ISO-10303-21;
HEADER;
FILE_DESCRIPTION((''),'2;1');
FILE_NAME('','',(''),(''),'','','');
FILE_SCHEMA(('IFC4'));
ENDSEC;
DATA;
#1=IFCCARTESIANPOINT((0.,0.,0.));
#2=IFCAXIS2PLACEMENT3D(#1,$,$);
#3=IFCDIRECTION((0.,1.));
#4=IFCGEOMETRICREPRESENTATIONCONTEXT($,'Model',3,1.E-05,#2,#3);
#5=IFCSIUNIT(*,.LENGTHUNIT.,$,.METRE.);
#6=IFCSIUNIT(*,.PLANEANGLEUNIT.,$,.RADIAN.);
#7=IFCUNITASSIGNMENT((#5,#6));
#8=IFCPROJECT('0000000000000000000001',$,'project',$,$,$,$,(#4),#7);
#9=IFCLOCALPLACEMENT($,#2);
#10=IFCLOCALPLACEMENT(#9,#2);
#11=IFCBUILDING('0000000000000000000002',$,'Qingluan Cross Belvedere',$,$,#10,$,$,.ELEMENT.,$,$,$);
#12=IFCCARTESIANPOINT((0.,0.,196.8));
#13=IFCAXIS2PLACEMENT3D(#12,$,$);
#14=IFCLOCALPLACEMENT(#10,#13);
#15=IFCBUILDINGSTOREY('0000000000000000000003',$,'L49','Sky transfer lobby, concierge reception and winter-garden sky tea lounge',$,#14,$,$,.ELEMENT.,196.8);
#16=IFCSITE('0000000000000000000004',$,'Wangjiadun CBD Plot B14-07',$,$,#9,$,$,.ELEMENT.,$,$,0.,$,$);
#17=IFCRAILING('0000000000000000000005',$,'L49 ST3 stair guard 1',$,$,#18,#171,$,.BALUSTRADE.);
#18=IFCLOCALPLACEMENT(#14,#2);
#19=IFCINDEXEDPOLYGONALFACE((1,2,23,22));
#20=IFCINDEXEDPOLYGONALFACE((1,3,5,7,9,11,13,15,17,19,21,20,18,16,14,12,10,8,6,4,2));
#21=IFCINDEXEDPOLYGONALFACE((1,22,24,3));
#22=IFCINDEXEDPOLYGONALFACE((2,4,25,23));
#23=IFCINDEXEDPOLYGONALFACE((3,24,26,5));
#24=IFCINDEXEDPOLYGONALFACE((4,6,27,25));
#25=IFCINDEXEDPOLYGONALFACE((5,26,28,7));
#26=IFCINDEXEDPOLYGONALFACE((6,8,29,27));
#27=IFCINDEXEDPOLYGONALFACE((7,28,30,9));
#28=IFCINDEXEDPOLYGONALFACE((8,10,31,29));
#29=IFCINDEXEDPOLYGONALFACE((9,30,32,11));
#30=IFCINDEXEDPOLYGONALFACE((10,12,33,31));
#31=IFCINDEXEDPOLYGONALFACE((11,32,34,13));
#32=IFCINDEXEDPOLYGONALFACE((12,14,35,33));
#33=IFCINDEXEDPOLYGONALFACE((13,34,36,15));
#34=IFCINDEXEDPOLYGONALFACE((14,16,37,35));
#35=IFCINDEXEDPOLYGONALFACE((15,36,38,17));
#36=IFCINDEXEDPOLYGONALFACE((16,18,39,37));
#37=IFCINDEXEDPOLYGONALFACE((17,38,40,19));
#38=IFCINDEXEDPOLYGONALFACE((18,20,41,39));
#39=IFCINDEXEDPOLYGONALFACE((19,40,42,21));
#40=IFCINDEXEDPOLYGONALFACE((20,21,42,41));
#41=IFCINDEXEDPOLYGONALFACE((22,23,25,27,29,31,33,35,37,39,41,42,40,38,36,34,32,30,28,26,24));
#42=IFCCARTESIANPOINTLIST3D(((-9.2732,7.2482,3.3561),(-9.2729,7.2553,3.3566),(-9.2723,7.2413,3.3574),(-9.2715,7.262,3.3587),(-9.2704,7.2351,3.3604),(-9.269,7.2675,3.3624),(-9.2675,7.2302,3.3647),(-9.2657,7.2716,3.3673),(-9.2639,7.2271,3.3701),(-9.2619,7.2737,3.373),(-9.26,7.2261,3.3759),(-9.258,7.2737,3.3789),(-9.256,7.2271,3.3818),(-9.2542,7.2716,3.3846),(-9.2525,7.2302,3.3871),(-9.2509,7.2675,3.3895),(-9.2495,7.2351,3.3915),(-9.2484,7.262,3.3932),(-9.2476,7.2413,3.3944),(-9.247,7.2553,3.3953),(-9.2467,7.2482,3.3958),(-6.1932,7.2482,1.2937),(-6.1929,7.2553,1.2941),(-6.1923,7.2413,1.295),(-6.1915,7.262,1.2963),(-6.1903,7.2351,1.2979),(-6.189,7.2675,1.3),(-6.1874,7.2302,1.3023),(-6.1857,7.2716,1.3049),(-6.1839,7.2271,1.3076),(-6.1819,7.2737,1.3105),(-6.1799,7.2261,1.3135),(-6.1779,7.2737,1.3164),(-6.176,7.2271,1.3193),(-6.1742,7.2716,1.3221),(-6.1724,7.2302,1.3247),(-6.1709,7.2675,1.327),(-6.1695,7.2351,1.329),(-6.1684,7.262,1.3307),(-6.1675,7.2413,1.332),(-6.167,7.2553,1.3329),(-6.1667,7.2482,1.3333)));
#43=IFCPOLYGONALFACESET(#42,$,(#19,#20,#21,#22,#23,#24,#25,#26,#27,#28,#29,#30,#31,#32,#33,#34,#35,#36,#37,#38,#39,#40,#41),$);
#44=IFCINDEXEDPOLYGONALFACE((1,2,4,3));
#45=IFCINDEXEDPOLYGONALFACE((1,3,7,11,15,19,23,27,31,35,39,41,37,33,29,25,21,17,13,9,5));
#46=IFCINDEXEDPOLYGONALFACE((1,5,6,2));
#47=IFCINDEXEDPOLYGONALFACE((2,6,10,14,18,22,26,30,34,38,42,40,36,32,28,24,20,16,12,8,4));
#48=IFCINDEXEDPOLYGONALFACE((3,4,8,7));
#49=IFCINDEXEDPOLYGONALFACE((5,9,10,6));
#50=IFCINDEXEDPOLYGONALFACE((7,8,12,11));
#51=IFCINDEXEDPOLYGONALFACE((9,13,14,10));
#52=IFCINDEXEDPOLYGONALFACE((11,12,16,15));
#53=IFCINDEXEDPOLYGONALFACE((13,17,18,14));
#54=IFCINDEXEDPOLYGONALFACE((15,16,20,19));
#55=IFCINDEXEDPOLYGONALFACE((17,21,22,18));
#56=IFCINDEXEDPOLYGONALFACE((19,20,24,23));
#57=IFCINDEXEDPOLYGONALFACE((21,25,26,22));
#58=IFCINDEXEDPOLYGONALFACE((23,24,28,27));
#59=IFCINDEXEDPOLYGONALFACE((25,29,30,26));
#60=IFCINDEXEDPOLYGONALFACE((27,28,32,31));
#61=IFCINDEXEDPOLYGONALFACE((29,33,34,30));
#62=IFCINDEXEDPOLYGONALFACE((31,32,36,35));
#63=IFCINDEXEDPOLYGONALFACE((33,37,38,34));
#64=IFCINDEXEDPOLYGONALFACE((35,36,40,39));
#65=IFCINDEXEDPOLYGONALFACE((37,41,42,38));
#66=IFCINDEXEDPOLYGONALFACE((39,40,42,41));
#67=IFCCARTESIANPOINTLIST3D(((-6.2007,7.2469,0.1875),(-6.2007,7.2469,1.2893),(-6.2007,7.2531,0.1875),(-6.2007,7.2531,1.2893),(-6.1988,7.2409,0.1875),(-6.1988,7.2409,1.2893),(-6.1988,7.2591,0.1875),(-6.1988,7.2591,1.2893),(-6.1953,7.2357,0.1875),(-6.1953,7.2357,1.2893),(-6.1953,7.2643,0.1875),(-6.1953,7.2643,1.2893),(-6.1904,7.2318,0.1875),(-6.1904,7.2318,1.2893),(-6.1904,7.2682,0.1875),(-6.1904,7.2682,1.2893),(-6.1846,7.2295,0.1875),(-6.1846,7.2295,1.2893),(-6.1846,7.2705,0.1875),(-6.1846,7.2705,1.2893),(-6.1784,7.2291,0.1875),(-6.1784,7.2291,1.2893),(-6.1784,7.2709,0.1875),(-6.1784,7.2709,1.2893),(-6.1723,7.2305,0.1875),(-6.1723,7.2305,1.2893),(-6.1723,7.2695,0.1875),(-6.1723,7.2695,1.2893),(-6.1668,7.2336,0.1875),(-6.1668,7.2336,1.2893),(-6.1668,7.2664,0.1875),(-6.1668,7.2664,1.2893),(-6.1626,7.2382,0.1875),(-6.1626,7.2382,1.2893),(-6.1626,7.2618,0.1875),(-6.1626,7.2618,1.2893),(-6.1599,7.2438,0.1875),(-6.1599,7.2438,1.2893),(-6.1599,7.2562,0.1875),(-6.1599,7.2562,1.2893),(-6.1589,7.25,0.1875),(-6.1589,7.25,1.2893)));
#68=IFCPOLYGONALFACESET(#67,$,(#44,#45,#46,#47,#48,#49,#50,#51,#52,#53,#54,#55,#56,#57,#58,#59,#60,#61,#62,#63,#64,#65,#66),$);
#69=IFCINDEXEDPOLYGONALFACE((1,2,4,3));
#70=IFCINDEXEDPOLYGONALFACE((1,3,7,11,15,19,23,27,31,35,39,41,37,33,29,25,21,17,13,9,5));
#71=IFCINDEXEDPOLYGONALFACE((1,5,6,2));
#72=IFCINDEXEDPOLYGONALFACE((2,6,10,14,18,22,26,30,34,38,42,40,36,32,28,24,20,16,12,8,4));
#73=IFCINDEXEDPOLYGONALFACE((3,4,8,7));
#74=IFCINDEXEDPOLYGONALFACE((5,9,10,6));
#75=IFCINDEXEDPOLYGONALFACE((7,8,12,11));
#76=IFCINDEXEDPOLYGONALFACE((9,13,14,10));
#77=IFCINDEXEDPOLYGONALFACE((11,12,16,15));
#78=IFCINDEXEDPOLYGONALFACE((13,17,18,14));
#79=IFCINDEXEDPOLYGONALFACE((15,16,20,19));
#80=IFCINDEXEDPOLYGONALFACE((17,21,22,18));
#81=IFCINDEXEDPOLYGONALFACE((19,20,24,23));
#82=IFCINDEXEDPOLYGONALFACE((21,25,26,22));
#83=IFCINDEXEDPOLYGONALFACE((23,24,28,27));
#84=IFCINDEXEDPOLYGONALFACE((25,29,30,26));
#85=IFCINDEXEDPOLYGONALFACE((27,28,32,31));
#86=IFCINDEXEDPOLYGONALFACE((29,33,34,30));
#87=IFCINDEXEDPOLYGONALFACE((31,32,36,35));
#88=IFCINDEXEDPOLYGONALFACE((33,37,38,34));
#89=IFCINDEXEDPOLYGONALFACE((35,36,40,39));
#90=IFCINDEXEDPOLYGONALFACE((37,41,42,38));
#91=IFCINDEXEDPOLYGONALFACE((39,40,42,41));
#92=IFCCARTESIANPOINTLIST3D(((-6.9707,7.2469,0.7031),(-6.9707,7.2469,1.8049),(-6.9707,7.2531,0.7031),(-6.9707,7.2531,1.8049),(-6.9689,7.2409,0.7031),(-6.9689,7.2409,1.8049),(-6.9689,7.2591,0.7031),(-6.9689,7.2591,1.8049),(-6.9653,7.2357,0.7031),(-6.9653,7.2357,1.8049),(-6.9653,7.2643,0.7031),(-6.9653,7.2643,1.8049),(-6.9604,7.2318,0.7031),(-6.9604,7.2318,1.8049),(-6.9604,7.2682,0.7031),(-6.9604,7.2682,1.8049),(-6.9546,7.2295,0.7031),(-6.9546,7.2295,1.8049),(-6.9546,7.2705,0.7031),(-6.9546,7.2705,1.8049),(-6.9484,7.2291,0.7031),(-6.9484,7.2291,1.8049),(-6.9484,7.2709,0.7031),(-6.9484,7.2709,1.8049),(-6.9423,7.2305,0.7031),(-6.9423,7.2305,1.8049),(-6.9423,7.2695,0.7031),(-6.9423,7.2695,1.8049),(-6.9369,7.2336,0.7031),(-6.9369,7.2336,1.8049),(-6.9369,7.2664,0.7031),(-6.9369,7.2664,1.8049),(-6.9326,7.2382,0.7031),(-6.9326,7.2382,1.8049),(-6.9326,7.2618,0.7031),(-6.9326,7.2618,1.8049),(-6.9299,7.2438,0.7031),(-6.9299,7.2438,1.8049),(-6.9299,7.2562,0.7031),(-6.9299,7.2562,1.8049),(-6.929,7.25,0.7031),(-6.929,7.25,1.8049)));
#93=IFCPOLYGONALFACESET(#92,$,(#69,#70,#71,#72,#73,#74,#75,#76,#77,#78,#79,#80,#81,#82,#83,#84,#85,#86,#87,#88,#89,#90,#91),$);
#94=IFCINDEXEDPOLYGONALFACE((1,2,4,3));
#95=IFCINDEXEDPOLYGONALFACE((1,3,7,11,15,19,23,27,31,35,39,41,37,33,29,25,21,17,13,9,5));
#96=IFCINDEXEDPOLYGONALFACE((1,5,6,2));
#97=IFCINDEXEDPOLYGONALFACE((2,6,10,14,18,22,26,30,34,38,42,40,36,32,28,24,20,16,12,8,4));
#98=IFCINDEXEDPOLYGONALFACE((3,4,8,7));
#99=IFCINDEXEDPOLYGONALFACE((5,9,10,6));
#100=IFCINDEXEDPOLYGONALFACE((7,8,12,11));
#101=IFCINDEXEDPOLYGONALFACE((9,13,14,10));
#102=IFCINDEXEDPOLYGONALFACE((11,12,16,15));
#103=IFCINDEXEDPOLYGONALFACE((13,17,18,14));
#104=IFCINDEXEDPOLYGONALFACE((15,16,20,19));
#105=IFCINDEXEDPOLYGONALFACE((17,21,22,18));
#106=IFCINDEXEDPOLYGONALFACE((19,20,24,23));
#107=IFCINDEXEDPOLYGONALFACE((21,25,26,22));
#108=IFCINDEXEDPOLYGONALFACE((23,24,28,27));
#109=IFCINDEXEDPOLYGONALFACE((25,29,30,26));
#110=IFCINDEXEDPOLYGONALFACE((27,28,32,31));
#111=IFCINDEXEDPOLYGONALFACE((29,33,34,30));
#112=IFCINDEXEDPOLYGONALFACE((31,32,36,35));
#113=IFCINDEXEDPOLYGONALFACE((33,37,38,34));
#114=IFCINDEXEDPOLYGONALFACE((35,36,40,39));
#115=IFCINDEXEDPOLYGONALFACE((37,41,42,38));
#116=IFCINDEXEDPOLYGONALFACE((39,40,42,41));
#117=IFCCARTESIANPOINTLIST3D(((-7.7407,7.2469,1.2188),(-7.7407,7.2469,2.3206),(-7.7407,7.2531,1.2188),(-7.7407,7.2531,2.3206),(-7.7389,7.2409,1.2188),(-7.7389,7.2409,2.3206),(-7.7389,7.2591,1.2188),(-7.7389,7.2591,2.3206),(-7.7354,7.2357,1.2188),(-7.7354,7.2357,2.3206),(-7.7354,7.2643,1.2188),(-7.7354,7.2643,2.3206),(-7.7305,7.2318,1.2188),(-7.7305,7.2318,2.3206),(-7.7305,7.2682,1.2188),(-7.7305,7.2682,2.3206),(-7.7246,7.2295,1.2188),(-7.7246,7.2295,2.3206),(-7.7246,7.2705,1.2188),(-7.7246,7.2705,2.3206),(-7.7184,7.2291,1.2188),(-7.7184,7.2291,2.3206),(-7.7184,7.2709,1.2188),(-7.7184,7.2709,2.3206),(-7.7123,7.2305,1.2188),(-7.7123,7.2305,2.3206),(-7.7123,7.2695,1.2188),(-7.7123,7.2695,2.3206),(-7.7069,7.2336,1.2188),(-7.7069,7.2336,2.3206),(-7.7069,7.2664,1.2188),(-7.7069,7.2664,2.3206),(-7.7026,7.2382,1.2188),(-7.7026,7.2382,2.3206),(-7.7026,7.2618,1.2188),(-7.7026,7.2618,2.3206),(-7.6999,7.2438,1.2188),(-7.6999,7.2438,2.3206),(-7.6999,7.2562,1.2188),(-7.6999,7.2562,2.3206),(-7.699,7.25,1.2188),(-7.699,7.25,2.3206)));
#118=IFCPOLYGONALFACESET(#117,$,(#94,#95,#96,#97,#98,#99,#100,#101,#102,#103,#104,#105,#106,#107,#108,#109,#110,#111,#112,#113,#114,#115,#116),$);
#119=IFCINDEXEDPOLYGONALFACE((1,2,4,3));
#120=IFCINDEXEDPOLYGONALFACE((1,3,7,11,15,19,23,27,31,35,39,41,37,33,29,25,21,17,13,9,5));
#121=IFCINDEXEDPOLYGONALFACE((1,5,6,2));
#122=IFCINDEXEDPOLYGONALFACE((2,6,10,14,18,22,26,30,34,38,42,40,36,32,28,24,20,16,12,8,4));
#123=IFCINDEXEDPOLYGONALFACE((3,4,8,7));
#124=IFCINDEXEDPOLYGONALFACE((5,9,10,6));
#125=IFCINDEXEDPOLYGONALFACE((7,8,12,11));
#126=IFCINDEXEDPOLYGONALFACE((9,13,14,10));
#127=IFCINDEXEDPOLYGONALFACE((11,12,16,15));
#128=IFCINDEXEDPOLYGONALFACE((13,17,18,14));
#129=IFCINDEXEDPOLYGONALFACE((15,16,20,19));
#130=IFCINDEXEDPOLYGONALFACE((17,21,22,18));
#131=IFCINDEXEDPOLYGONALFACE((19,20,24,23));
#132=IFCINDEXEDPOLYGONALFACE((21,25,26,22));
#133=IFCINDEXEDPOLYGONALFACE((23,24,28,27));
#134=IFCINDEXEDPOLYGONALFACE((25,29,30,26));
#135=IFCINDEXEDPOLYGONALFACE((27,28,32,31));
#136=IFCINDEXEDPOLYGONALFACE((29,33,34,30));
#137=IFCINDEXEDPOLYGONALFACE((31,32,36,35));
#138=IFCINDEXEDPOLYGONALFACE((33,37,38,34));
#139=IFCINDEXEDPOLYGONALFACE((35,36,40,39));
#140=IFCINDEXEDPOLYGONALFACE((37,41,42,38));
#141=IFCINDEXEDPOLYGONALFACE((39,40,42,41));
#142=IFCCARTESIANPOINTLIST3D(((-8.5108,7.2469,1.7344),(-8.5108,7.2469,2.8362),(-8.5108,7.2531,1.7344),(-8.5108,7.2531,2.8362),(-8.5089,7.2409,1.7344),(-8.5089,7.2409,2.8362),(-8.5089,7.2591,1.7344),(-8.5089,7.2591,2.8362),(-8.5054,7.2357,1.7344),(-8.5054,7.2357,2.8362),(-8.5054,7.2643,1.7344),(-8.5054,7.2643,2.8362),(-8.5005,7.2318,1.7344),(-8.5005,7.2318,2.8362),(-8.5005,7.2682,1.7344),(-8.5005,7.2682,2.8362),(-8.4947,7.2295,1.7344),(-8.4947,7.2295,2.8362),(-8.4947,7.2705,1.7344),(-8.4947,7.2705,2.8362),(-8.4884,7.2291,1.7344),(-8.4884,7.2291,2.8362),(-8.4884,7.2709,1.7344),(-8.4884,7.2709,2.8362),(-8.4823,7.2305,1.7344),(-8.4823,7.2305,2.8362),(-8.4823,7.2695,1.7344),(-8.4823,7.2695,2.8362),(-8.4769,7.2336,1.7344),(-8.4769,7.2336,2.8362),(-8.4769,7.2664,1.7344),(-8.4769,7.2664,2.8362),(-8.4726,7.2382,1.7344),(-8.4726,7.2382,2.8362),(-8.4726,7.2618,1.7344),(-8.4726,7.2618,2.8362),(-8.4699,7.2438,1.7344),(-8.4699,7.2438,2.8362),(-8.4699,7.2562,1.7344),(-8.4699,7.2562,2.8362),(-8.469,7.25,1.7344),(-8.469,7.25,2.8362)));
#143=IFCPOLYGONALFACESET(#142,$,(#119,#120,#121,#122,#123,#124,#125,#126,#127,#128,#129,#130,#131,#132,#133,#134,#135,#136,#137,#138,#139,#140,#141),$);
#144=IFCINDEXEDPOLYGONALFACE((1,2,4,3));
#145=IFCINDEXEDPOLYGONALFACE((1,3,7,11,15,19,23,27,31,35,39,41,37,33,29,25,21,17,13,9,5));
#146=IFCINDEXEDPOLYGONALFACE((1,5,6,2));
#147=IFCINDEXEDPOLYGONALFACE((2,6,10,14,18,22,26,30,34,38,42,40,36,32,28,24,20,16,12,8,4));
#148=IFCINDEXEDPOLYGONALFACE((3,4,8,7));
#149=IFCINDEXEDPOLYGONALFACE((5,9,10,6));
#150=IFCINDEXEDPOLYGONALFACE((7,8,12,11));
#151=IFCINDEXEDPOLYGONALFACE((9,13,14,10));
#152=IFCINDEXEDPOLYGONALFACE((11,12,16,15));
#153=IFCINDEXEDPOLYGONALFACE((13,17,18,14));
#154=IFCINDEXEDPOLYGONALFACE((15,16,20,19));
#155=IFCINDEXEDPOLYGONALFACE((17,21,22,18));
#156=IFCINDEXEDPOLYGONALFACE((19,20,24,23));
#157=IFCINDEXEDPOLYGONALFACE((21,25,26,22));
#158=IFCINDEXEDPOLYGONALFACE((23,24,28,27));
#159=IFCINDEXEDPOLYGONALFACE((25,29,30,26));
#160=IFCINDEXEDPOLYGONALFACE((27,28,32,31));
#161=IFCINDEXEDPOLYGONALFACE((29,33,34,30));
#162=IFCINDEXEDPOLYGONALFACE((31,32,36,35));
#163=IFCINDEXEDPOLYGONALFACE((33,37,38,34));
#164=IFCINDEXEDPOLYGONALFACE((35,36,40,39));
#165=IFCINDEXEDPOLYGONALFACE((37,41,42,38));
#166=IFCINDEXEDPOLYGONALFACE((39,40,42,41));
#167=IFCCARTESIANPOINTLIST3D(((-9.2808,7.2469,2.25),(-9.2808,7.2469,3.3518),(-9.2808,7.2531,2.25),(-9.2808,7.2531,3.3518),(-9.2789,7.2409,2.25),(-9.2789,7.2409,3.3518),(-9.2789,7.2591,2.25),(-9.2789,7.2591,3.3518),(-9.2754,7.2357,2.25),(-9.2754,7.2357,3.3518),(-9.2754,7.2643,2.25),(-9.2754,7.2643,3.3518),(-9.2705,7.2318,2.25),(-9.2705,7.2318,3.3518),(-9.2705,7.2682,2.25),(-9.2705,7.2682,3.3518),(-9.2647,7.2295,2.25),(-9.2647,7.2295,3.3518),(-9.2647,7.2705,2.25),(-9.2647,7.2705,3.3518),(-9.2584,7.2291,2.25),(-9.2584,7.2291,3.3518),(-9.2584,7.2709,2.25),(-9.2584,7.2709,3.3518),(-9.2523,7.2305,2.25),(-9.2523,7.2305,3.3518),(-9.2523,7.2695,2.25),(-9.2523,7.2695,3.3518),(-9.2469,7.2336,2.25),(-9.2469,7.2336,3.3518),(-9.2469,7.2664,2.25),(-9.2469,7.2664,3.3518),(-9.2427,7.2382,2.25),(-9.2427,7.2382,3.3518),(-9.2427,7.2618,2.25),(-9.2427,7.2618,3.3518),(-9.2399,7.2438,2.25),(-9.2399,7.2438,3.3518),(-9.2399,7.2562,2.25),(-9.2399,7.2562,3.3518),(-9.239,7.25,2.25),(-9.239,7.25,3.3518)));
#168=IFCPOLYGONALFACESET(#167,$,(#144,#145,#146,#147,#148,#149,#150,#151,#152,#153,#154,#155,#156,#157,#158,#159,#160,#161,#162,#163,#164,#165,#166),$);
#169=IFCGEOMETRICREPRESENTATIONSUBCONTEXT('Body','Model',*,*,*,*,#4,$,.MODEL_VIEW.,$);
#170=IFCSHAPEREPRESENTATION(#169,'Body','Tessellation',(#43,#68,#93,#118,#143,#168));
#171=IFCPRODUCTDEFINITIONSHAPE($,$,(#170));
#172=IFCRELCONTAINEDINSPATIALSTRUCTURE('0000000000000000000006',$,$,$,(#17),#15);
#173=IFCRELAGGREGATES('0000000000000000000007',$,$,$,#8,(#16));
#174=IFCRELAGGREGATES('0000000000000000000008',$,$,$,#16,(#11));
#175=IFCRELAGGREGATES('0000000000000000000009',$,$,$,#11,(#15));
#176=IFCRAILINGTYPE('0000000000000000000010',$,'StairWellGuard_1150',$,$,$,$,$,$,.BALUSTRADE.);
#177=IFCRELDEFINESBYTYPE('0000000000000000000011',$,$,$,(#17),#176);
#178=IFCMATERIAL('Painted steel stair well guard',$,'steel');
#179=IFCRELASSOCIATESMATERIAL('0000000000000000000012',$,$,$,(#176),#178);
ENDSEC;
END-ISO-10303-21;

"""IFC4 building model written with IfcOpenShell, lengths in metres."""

from ifc_helpers import new_model, si_unit, direction, frame, origin, origin_2d, place, context, subcontext, project, spatial, circle, extrude, material, type_object, element, save


model = new_model("IFC4")

# Units and contexts
model_context = context("Model", 3, precision=1e-05, world=origin(), true_north=direction((0.0, 1.0)))
body_context = subcontext(model_context, "Body", "Model", "MODEL_VIEW")
ifc_project = project(units=[si_unit("LENGTHUNIT", "METRE"), si_unit("PLANEANGLEUNIT", "RADIAN")], contexts=[model_context])

# Site, building, storey
site_placement = place(None, origin())
site = spatial("IfcSite", under=ifc_project, at=site_placement, Name="Wangjiadun CBD Plot B14-07", CompositionType="ELEMENT", RefElevation=0.0)
building_placement = place(site_placement, origin())
building = spatial("IfcBuilding", under=site, at=building_placement, Name="Qingluan Cross Belvedere", CompositionType="ELEMENT")
storey_placement = place(building_placement, frame((0.0, 0.0, 196.8)))
storey = spatial("IfcBuildingStorey", under=building, at=storey_placement, Name="L49", Description="Sky transfer lobby, concierge reception and winter-garden sky tea lounge", CompositionType="ELEMENT", Elevation=196.8)

# Railing
ifc_material_1 = material(Name="Painted steel stair well guard", Category="steel")
railing_type_1 = type_object("IfcRailingType", Name="StairWellGuard_1150", PredefinedType="BALUSTRADE", material=ifc_material_1)
railing_1_placement = place(storey_placement, frame((-6.1799, 7.25, 0.1875)))
element("IfcRailing", 1, at=railing_1_placement, inside=storey, type_object=railing_type_1, Name="L49 ST3 stair guard 1", PredefinedType="BALUSTRADE", context=body_context, shape_type="SweptSolid", body=[
    extrude(circle(Radius=0.0239, at=origin_2d()), frame((0.0, 0.0, 1.126), z_axis=(-0.830914, 0.0, 0.556401), x_axis=(0.0, -1.0, 0.0)), (0.0, 0.0, 1.0), 3.7068),
    extrude(circle(Radius=0.021, at=origin_2d()), origin(), (0.0, 0.0, 1.0), 1.1018),
    extrude(circle(Radius=0.021, at=origin_2d()), frame((-0.77, 0.0, 0.5156)), (0.0, 0.0, 1.0), 1.1018),
    extrude(circle(Radius=0.021, at=origin_2d()), frame((-1.54, 0.0, 1.0312)), (0.0, 0.0, 1.0), 1.1018),
    extrude(circle(Radius=0.021, at=origin_2d()), frame((-2.3101, 0.0, 1.5469)), (0.0, 0.0, 1.0), 1.1018),
    extrude(circle(Radius=0.021, at=origin_2d()), frame((-3.0801, 0.0, 2.0625)), (0.0, 0.0, 1.0), 1.1018),
])

save(model, "model.ifc")
